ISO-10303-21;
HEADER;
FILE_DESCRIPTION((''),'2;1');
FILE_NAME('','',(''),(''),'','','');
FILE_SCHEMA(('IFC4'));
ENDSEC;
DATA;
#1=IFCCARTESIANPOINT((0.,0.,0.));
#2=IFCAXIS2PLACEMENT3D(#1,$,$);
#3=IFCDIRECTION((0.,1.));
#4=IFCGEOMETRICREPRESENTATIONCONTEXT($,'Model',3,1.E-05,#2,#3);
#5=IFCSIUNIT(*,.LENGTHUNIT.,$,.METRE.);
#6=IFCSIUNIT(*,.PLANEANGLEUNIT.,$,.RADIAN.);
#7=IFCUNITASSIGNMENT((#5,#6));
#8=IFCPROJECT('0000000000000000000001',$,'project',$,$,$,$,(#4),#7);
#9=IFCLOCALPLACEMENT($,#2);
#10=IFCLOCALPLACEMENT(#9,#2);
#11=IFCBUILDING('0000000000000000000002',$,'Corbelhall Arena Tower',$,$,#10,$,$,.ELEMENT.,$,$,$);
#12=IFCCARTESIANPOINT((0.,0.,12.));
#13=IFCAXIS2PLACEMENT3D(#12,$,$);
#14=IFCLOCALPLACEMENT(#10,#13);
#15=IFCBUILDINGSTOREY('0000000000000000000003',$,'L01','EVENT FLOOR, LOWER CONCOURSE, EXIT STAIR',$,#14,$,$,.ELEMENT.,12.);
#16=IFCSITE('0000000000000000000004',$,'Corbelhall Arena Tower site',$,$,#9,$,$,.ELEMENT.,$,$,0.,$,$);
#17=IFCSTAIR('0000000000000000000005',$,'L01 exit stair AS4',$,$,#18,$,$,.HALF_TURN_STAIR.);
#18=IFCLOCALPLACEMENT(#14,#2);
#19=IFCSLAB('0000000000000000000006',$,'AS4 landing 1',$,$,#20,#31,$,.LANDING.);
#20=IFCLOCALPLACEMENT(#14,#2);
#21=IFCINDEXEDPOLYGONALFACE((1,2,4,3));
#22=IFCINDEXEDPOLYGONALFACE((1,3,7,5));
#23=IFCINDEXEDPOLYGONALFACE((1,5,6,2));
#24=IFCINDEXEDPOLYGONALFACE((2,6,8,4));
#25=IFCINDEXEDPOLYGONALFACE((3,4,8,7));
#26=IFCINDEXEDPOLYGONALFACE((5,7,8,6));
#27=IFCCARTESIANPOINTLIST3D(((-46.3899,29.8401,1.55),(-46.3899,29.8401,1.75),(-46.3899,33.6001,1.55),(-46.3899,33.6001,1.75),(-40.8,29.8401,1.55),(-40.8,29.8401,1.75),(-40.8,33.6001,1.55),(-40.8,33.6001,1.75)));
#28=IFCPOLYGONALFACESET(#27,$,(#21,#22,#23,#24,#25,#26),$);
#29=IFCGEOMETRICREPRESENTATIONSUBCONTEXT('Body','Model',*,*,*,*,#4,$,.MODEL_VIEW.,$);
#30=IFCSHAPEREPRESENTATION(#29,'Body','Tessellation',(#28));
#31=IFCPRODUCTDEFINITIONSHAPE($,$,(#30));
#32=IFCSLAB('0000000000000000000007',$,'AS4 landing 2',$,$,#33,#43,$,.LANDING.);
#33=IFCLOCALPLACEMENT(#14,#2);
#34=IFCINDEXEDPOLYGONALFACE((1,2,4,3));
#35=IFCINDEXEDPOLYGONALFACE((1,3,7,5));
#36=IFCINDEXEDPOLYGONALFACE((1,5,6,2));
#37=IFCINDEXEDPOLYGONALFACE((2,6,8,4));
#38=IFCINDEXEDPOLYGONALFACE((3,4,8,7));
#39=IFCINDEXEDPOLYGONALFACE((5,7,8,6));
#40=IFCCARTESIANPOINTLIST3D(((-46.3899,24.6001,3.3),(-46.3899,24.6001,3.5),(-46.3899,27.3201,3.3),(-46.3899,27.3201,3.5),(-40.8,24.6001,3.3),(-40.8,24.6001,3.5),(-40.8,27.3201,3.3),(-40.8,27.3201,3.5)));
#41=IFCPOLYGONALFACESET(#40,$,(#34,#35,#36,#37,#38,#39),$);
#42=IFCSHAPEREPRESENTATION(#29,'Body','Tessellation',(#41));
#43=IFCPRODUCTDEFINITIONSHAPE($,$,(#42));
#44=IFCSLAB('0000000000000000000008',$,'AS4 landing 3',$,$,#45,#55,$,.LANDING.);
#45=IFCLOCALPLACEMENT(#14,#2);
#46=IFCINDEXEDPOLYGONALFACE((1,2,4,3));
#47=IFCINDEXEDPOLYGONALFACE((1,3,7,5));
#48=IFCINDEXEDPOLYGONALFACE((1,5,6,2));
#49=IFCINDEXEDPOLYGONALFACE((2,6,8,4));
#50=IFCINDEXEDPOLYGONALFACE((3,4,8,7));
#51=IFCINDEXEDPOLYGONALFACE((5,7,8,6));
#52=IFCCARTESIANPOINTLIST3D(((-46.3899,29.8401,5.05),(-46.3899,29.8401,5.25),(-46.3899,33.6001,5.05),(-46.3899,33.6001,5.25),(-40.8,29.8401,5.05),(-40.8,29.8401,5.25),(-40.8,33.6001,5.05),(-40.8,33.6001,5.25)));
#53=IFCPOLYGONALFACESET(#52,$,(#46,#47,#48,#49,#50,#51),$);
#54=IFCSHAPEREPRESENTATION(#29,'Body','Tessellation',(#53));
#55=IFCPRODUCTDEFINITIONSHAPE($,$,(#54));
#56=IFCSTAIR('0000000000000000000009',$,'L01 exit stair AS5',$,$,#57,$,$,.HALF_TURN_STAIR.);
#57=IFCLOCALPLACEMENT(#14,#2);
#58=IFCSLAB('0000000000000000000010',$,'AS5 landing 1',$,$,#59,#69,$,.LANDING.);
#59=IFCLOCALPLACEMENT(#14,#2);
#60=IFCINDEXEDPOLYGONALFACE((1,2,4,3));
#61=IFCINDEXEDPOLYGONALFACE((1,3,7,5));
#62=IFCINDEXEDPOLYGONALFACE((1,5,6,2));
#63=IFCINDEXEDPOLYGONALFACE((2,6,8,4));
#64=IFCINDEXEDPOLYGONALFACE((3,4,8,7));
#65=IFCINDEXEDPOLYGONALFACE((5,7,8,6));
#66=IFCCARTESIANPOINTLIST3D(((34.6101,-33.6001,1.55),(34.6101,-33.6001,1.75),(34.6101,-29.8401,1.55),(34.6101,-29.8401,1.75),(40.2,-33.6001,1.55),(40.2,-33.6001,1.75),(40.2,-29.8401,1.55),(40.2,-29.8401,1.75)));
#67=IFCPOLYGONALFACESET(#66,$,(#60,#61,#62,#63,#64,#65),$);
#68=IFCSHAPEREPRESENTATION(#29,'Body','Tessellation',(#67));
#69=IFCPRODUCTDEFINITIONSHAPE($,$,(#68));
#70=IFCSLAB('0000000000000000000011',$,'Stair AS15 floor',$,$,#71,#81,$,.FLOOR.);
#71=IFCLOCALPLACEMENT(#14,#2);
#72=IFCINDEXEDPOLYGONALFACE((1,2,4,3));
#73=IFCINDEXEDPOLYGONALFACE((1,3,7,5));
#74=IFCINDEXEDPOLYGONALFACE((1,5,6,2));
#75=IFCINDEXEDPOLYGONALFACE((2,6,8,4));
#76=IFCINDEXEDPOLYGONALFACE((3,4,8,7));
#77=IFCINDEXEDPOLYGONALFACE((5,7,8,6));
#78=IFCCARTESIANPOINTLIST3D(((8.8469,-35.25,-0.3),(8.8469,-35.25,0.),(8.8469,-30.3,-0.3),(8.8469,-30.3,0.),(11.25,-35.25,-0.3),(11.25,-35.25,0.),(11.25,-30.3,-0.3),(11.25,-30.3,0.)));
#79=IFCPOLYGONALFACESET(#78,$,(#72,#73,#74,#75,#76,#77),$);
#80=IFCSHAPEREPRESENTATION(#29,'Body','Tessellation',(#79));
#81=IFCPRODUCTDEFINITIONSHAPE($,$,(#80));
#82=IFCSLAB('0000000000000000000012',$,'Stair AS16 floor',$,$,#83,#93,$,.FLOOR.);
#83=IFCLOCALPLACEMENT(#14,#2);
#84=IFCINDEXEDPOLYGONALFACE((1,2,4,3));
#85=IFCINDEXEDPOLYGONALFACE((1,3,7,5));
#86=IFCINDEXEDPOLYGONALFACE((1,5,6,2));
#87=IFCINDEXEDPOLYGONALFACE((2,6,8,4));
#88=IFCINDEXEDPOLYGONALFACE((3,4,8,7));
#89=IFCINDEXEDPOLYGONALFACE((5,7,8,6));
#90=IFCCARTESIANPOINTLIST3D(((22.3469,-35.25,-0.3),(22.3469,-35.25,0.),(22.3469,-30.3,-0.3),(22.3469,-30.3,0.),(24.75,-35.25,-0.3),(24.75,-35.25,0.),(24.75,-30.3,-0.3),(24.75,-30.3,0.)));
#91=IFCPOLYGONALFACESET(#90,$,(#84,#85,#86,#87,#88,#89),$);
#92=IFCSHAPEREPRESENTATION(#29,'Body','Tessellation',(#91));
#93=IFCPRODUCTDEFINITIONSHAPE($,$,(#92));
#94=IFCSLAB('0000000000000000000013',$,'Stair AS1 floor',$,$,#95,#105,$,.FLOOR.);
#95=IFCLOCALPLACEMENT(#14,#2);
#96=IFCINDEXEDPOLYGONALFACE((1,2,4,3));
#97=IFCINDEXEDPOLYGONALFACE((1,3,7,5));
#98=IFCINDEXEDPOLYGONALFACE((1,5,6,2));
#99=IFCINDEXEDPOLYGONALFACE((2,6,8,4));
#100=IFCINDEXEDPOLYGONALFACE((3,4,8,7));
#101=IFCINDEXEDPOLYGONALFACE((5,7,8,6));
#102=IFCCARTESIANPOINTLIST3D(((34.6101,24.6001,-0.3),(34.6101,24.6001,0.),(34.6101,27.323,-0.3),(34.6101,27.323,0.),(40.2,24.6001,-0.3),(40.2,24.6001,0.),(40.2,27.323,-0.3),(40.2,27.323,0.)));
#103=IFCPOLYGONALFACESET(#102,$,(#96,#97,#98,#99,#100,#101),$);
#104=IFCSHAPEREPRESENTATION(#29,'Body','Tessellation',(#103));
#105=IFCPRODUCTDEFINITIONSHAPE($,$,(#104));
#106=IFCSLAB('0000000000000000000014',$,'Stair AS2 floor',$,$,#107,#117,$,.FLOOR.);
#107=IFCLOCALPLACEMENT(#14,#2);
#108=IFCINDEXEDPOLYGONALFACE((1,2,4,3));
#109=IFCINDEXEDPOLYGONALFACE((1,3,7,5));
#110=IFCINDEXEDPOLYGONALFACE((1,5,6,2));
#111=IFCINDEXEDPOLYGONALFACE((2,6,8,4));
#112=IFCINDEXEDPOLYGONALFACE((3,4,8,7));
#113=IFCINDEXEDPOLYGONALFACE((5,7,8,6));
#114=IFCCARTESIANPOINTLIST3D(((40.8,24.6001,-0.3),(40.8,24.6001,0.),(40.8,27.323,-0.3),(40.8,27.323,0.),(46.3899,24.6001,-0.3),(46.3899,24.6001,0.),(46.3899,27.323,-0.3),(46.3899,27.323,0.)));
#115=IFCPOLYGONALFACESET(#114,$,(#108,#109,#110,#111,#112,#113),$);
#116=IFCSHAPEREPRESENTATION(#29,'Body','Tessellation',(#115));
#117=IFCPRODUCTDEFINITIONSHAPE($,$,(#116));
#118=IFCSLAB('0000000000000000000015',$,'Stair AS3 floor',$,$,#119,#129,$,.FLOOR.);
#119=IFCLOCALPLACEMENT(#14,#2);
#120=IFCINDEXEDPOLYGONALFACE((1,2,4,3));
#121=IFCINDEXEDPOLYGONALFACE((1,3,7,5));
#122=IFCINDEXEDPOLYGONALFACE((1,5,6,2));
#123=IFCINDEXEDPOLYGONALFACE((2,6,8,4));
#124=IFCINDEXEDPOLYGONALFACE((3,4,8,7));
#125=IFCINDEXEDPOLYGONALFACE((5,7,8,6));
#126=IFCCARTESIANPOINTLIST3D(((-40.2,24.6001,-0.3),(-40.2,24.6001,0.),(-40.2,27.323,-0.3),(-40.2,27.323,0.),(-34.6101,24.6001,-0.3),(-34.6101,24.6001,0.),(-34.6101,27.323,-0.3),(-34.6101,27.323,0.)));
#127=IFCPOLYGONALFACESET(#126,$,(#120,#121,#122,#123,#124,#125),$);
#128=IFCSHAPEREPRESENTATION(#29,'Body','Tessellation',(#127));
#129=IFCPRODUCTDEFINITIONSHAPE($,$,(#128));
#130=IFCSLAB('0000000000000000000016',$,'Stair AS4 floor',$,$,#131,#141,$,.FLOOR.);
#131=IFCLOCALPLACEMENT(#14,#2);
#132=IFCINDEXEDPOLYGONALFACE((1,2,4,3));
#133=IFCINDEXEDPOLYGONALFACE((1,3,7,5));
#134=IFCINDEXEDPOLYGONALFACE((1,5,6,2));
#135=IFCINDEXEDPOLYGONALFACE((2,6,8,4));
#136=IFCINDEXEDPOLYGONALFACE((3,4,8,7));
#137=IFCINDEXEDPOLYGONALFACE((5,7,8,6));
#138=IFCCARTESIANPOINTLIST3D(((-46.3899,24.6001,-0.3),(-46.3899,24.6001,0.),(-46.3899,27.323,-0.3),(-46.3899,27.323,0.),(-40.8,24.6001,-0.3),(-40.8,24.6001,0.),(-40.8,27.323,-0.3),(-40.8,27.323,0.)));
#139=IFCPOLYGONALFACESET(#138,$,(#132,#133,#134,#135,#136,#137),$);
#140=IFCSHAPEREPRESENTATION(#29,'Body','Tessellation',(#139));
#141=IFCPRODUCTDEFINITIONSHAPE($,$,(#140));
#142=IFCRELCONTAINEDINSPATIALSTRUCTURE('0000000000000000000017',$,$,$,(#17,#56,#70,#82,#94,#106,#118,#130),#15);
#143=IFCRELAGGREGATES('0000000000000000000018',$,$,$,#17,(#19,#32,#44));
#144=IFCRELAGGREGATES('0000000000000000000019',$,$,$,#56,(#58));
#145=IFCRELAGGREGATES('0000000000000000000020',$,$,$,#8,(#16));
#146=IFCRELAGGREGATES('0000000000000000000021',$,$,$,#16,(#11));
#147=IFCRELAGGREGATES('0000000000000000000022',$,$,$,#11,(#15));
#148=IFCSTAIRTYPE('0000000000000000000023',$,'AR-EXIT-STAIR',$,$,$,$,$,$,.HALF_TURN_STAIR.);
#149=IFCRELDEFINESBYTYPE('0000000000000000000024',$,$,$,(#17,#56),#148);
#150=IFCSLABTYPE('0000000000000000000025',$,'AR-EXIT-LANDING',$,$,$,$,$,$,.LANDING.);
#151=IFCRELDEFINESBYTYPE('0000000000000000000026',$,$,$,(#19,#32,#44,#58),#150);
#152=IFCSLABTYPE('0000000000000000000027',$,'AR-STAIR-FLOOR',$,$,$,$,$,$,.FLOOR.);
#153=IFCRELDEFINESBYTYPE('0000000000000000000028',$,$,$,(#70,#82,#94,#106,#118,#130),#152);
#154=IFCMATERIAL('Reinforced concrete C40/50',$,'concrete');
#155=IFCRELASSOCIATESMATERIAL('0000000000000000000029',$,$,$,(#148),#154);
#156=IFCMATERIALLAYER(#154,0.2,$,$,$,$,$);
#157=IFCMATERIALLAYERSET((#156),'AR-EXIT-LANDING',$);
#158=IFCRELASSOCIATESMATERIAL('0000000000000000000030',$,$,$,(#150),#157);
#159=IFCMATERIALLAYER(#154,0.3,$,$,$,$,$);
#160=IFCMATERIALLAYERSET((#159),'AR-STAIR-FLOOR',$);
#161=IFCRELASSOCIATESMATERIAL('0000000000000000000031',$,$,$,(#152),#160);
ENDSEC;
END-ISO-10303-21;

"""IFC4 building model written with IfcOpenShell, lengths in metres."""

from ifc_helpers import new_model, si_unit, direction, frame, origin, place, context, subcontext, project, spatial, polyline, outline, extrude, material, layer, layer_set, type_object, element, aggregate, save


model = new_model("IFC4")

# Units and contexts
model_context = context("Model", 3, precision=1e-05, world=origin(), true_north=direction((0.0, 1.0)))
body_context = subcontext(model_context, "Body", "Model", "MODEL_VIEW")
ifc_project = project(units=[si_unit("LENGTHUNIT", "METRE"), si_unit("PLANEANGLEUNIT", "RADIAN")], contexts=[model_context])

# Site, building, storey
site_placement = place(None, origin())
site = spatial("IfcSite", under=ifc_project, at=site_placement, Name="Corbelhall Arena Tower site", CompositionType="ELEMENT", RefElevation=0.0)
building_placement = place(site_placement, origin())
building = spatial("IfcBuilding", under=site, at=building_placement, Name="Corbelhall Arena Tower", CompositionType="ELEMENT")
storey_placement = place(building_placement, frame((0.0, 0.0, 12.0)))
storey = spatial("IfcBuildingStorey", under=building, at=storey_placement, Name="L01", Description="EVENT FLOOR, LOWER CONCOURSE, EXIT STAIR", CompositionType="ELEMENT", Elevation=12.0)

# Stair, slabs
ifc_material = material(Name="Reinforced concrete C40/50", Category="concrete")
stair_type = type_object("IfcStairType", Name="AR-EXIT-STAIR", PredefinedType="HALF_TURN_STAIR", material=ifc_material)
ifc_layer_1 = layer(ifc_material, 0.2)
ifc_layer_set_1 = layer_set([ifc_layer_1], Name="AR-EXIT-LANDING")
slab_type_1 = type_object("IfcSlabType", Name="AR-EXIT-LANDING", PredefinedType="LANDING", material=ifc_layer_set_1)
stair_1_placement = place(storey_placement, origin())
stair_1 = element("IfcStair", 1, at=stair_1_placement, inside=storey, type_object=stair_type, Name="L01 exit stair AS4", PredefinedType="HALF_TURN_STAIR")
slab_1_placement = place(storey_placement, frame((0.0, 0.0, 1.55)))
slab_1 = element("IfcSlab", 2, at=slab_1_placement, type_object=slab_type_1, Name="AS4 landing 1", PredefinedType="LANDING", context=body_context, shape_type="SweptSolid", body=[
    extrude(outline(polyline([(-40.8, 29.8401), (-40.8, 33.6001), (-46.3899, 33.6001), (-46.3899, 29.8401), (-40.8, 29.8401)])), origin(), (0.0, 0.0, 1.0), 0.2),
])
slab_2_placement = place(storey_placement, frame((0.0, 0.0, 3.3)))
slab_2 = element("IfcSlab", 3, at=slab_2_placement, type_object=slab_type_1, Name="AS4 landing 2", PredefinedType="LANDING", context=body_context, shape_type="SweptSolid", body=[
    extrude(outline(polyline([(-40.8, 24.6001), (-40.8, 27.3201), (-46.3899, 27.3201), (-46.3899, 24.6001), (-40.8, 24.6001)])), origin(), (0.0, 0.0, 1.0), 0.2),
])
slab_3_placement = place(storey_placement, frame((0.0, 0.0, 5.05)))
slab_3 = element("IfcSlab", 4, at=slab_3_placement, type_object=slab_type_1, Name="AS4 landing 3", PredefinedType="LANDING", context=body_context, shape_type="SweptSolid", body=[
    extrude(outline(polyline([(-40.8, 29.8401), (-40.8, 33.6001), (-46.3899, 33.6001), (-46.3899, 29.8401), (-40.8, 29.8401)])), origin(), (0.0, 0.0, 1.0), 0.2),
])
aggregate(stair_1, [slab_1, slab_2, slab_3])

# Stair, slab
stair_2_placement = place(storey_placement, origin())
stair_2 = element("IfcStair", 5, at=stair_2_placement, inside=storey, type_object=stair_type, Name="L01 exit stair AS5", PredefinedType="HALF_TURN_STAIR")
slab_4_placement = place(storey_placement, frame((0.0, 0.0, 1.55)))
slab_4 = element("IfcSlab", 6, at=slab_4_placement, type_object=slab_type_1, Name="AS5 landing 1", PredefinedType="LANDING", context=body_context, shape_type="SweptSolid", body=[
    extrude(outline(polyline([(34.6101, -29.8401), (34.6101, -33.6001), (40.2, -33.6001), (40.2, -29.8401), (34.6101, -29.8401)])), origin(), (0.0, 0.0, 1.0), 0.2),
])
aggregate(stair_2, [slab_4])

# Slabs
ifc_layer_2 = layer(ifc_material, 0.3)
ifc_layer_set_2 = layer_set([ifc_layer_2], Name="AR-STAIR-FLOOR")
slab_type_2 = type_object("IfcSlabType", Name="AR-STAIR-FLOOR", PredefinedType="FLOOR", material=ifc_layer_set_2)
slab_5_placement = place(storey_placement, frame((0.0, 0.0, -0.3)))
element("IfcSlab", 7, at=slab_5_placement, inside=storey, type_object=slab_type_2, Name="Stair AS15 floor", PredefinedType="FLOOR", context=body_context, shape_type="SweptSolid", body=[
    extrude(outline(polyline([(11.25, -30.3), (11.25, -35.25), (8.8469, -35.25), (8.8469, -30.3), (11.25, -30.3)])), origin(), (0.0, 0.0, 1.0), 0.3),
])
slab_6_placement = place(storey_placement, frame((0.0, 0.0, -0.3)))
element("IfcSlab", 8, at=slab_6_placement, inside=storey, type_object=slab_type_2, Name="Stair AS16 floor", PredefinedType="FLOOR", context=body_context, shape_type="SweptSolid", body=[
    extrude(outline(polyline([(24.75, -30.3), (24.75, -35.25), (22.3469, -35.25), (22.3469, -30.3), (24.75, -30.3)])), origin(), (0.0, 0.0, 1.0), 0.3),
])
slab_7_placement = place(storey_placement, frame((0.0, 0.0, -0.3)))
element("IfcSlab", 9, at=slab_7_placement, inside=storey, type_object=slab_type_2, Name="Stair AS1 floor", PredefinedType="FLOOR", context=body_context, shape_type="SweptSolid", body=[
    extrude(outline(polyline([(40.2, 24.6001), (34.6101, 24.6001), (34.6101, 27.323), (40.2, 27.323), (40.2, 24.6001)])), origin(), (0.0, 0.0, 1.0), 0.3),
])
slab_8_placement = place(storey_placement, frame((0.0, 0.0, -0.3)))
element("IfcSlab", 10, at=slab_8_placement, inside=storey, type_object=slab_type_2, Name="Stair AS2 floor", PredefinedType="FLOOR", context=body_context, shape_type="SweptSolid", body=[
    extrude(outline(polyline([(46.3899, 24.6001), (40.8, 24.6001), (40.8, 27.323), (46.3899, 27.323), (46.3899, 24.6001)])), origin(), (0.0, 0.0, 1.0), 0.3),
])
slab_9_placement = place(storey_placement, frame((0.0, 0.0, -0.3)))
element("IfcSlab", 11, at=slab_9_placement, inside=storey, type_object=slab_type_2, Name="Stair AS3 floor", PredefinedType="FLOOR", context=body_context, shape_type="SweptSolid", body=[
    extrude(outline(polyline([(-34.6101, 24.6001), (-40.2, 24.6001), (-40.2, 27.323), (-34.6101, 27.323), (-34.6101, 24.6001)])), origin(), (0.0, 0.0, 1.0), 0.3),
])
slab_10_placement = place(storey_placement, frame((0.0, 0.0, -0.3)))
element("IfcSlab", 12, at=slab_10_placement, inside=storey, type_object=slab_type_2, Name="Stair AS4 floor", PredefinedType="FLOOR", context=body_context, shape_type="SweptSolid", body=[
    extrude(outline(polyline([(-40.8, 24.6001), (-46.3899, 24.6001), (-46.3899, 27.323), (-40.8, 27.323), (-40.8, 24.6001)])), origin(), (0.0, 0.0, 1.0), 0.3),
])

save(model, "model.ifc")
